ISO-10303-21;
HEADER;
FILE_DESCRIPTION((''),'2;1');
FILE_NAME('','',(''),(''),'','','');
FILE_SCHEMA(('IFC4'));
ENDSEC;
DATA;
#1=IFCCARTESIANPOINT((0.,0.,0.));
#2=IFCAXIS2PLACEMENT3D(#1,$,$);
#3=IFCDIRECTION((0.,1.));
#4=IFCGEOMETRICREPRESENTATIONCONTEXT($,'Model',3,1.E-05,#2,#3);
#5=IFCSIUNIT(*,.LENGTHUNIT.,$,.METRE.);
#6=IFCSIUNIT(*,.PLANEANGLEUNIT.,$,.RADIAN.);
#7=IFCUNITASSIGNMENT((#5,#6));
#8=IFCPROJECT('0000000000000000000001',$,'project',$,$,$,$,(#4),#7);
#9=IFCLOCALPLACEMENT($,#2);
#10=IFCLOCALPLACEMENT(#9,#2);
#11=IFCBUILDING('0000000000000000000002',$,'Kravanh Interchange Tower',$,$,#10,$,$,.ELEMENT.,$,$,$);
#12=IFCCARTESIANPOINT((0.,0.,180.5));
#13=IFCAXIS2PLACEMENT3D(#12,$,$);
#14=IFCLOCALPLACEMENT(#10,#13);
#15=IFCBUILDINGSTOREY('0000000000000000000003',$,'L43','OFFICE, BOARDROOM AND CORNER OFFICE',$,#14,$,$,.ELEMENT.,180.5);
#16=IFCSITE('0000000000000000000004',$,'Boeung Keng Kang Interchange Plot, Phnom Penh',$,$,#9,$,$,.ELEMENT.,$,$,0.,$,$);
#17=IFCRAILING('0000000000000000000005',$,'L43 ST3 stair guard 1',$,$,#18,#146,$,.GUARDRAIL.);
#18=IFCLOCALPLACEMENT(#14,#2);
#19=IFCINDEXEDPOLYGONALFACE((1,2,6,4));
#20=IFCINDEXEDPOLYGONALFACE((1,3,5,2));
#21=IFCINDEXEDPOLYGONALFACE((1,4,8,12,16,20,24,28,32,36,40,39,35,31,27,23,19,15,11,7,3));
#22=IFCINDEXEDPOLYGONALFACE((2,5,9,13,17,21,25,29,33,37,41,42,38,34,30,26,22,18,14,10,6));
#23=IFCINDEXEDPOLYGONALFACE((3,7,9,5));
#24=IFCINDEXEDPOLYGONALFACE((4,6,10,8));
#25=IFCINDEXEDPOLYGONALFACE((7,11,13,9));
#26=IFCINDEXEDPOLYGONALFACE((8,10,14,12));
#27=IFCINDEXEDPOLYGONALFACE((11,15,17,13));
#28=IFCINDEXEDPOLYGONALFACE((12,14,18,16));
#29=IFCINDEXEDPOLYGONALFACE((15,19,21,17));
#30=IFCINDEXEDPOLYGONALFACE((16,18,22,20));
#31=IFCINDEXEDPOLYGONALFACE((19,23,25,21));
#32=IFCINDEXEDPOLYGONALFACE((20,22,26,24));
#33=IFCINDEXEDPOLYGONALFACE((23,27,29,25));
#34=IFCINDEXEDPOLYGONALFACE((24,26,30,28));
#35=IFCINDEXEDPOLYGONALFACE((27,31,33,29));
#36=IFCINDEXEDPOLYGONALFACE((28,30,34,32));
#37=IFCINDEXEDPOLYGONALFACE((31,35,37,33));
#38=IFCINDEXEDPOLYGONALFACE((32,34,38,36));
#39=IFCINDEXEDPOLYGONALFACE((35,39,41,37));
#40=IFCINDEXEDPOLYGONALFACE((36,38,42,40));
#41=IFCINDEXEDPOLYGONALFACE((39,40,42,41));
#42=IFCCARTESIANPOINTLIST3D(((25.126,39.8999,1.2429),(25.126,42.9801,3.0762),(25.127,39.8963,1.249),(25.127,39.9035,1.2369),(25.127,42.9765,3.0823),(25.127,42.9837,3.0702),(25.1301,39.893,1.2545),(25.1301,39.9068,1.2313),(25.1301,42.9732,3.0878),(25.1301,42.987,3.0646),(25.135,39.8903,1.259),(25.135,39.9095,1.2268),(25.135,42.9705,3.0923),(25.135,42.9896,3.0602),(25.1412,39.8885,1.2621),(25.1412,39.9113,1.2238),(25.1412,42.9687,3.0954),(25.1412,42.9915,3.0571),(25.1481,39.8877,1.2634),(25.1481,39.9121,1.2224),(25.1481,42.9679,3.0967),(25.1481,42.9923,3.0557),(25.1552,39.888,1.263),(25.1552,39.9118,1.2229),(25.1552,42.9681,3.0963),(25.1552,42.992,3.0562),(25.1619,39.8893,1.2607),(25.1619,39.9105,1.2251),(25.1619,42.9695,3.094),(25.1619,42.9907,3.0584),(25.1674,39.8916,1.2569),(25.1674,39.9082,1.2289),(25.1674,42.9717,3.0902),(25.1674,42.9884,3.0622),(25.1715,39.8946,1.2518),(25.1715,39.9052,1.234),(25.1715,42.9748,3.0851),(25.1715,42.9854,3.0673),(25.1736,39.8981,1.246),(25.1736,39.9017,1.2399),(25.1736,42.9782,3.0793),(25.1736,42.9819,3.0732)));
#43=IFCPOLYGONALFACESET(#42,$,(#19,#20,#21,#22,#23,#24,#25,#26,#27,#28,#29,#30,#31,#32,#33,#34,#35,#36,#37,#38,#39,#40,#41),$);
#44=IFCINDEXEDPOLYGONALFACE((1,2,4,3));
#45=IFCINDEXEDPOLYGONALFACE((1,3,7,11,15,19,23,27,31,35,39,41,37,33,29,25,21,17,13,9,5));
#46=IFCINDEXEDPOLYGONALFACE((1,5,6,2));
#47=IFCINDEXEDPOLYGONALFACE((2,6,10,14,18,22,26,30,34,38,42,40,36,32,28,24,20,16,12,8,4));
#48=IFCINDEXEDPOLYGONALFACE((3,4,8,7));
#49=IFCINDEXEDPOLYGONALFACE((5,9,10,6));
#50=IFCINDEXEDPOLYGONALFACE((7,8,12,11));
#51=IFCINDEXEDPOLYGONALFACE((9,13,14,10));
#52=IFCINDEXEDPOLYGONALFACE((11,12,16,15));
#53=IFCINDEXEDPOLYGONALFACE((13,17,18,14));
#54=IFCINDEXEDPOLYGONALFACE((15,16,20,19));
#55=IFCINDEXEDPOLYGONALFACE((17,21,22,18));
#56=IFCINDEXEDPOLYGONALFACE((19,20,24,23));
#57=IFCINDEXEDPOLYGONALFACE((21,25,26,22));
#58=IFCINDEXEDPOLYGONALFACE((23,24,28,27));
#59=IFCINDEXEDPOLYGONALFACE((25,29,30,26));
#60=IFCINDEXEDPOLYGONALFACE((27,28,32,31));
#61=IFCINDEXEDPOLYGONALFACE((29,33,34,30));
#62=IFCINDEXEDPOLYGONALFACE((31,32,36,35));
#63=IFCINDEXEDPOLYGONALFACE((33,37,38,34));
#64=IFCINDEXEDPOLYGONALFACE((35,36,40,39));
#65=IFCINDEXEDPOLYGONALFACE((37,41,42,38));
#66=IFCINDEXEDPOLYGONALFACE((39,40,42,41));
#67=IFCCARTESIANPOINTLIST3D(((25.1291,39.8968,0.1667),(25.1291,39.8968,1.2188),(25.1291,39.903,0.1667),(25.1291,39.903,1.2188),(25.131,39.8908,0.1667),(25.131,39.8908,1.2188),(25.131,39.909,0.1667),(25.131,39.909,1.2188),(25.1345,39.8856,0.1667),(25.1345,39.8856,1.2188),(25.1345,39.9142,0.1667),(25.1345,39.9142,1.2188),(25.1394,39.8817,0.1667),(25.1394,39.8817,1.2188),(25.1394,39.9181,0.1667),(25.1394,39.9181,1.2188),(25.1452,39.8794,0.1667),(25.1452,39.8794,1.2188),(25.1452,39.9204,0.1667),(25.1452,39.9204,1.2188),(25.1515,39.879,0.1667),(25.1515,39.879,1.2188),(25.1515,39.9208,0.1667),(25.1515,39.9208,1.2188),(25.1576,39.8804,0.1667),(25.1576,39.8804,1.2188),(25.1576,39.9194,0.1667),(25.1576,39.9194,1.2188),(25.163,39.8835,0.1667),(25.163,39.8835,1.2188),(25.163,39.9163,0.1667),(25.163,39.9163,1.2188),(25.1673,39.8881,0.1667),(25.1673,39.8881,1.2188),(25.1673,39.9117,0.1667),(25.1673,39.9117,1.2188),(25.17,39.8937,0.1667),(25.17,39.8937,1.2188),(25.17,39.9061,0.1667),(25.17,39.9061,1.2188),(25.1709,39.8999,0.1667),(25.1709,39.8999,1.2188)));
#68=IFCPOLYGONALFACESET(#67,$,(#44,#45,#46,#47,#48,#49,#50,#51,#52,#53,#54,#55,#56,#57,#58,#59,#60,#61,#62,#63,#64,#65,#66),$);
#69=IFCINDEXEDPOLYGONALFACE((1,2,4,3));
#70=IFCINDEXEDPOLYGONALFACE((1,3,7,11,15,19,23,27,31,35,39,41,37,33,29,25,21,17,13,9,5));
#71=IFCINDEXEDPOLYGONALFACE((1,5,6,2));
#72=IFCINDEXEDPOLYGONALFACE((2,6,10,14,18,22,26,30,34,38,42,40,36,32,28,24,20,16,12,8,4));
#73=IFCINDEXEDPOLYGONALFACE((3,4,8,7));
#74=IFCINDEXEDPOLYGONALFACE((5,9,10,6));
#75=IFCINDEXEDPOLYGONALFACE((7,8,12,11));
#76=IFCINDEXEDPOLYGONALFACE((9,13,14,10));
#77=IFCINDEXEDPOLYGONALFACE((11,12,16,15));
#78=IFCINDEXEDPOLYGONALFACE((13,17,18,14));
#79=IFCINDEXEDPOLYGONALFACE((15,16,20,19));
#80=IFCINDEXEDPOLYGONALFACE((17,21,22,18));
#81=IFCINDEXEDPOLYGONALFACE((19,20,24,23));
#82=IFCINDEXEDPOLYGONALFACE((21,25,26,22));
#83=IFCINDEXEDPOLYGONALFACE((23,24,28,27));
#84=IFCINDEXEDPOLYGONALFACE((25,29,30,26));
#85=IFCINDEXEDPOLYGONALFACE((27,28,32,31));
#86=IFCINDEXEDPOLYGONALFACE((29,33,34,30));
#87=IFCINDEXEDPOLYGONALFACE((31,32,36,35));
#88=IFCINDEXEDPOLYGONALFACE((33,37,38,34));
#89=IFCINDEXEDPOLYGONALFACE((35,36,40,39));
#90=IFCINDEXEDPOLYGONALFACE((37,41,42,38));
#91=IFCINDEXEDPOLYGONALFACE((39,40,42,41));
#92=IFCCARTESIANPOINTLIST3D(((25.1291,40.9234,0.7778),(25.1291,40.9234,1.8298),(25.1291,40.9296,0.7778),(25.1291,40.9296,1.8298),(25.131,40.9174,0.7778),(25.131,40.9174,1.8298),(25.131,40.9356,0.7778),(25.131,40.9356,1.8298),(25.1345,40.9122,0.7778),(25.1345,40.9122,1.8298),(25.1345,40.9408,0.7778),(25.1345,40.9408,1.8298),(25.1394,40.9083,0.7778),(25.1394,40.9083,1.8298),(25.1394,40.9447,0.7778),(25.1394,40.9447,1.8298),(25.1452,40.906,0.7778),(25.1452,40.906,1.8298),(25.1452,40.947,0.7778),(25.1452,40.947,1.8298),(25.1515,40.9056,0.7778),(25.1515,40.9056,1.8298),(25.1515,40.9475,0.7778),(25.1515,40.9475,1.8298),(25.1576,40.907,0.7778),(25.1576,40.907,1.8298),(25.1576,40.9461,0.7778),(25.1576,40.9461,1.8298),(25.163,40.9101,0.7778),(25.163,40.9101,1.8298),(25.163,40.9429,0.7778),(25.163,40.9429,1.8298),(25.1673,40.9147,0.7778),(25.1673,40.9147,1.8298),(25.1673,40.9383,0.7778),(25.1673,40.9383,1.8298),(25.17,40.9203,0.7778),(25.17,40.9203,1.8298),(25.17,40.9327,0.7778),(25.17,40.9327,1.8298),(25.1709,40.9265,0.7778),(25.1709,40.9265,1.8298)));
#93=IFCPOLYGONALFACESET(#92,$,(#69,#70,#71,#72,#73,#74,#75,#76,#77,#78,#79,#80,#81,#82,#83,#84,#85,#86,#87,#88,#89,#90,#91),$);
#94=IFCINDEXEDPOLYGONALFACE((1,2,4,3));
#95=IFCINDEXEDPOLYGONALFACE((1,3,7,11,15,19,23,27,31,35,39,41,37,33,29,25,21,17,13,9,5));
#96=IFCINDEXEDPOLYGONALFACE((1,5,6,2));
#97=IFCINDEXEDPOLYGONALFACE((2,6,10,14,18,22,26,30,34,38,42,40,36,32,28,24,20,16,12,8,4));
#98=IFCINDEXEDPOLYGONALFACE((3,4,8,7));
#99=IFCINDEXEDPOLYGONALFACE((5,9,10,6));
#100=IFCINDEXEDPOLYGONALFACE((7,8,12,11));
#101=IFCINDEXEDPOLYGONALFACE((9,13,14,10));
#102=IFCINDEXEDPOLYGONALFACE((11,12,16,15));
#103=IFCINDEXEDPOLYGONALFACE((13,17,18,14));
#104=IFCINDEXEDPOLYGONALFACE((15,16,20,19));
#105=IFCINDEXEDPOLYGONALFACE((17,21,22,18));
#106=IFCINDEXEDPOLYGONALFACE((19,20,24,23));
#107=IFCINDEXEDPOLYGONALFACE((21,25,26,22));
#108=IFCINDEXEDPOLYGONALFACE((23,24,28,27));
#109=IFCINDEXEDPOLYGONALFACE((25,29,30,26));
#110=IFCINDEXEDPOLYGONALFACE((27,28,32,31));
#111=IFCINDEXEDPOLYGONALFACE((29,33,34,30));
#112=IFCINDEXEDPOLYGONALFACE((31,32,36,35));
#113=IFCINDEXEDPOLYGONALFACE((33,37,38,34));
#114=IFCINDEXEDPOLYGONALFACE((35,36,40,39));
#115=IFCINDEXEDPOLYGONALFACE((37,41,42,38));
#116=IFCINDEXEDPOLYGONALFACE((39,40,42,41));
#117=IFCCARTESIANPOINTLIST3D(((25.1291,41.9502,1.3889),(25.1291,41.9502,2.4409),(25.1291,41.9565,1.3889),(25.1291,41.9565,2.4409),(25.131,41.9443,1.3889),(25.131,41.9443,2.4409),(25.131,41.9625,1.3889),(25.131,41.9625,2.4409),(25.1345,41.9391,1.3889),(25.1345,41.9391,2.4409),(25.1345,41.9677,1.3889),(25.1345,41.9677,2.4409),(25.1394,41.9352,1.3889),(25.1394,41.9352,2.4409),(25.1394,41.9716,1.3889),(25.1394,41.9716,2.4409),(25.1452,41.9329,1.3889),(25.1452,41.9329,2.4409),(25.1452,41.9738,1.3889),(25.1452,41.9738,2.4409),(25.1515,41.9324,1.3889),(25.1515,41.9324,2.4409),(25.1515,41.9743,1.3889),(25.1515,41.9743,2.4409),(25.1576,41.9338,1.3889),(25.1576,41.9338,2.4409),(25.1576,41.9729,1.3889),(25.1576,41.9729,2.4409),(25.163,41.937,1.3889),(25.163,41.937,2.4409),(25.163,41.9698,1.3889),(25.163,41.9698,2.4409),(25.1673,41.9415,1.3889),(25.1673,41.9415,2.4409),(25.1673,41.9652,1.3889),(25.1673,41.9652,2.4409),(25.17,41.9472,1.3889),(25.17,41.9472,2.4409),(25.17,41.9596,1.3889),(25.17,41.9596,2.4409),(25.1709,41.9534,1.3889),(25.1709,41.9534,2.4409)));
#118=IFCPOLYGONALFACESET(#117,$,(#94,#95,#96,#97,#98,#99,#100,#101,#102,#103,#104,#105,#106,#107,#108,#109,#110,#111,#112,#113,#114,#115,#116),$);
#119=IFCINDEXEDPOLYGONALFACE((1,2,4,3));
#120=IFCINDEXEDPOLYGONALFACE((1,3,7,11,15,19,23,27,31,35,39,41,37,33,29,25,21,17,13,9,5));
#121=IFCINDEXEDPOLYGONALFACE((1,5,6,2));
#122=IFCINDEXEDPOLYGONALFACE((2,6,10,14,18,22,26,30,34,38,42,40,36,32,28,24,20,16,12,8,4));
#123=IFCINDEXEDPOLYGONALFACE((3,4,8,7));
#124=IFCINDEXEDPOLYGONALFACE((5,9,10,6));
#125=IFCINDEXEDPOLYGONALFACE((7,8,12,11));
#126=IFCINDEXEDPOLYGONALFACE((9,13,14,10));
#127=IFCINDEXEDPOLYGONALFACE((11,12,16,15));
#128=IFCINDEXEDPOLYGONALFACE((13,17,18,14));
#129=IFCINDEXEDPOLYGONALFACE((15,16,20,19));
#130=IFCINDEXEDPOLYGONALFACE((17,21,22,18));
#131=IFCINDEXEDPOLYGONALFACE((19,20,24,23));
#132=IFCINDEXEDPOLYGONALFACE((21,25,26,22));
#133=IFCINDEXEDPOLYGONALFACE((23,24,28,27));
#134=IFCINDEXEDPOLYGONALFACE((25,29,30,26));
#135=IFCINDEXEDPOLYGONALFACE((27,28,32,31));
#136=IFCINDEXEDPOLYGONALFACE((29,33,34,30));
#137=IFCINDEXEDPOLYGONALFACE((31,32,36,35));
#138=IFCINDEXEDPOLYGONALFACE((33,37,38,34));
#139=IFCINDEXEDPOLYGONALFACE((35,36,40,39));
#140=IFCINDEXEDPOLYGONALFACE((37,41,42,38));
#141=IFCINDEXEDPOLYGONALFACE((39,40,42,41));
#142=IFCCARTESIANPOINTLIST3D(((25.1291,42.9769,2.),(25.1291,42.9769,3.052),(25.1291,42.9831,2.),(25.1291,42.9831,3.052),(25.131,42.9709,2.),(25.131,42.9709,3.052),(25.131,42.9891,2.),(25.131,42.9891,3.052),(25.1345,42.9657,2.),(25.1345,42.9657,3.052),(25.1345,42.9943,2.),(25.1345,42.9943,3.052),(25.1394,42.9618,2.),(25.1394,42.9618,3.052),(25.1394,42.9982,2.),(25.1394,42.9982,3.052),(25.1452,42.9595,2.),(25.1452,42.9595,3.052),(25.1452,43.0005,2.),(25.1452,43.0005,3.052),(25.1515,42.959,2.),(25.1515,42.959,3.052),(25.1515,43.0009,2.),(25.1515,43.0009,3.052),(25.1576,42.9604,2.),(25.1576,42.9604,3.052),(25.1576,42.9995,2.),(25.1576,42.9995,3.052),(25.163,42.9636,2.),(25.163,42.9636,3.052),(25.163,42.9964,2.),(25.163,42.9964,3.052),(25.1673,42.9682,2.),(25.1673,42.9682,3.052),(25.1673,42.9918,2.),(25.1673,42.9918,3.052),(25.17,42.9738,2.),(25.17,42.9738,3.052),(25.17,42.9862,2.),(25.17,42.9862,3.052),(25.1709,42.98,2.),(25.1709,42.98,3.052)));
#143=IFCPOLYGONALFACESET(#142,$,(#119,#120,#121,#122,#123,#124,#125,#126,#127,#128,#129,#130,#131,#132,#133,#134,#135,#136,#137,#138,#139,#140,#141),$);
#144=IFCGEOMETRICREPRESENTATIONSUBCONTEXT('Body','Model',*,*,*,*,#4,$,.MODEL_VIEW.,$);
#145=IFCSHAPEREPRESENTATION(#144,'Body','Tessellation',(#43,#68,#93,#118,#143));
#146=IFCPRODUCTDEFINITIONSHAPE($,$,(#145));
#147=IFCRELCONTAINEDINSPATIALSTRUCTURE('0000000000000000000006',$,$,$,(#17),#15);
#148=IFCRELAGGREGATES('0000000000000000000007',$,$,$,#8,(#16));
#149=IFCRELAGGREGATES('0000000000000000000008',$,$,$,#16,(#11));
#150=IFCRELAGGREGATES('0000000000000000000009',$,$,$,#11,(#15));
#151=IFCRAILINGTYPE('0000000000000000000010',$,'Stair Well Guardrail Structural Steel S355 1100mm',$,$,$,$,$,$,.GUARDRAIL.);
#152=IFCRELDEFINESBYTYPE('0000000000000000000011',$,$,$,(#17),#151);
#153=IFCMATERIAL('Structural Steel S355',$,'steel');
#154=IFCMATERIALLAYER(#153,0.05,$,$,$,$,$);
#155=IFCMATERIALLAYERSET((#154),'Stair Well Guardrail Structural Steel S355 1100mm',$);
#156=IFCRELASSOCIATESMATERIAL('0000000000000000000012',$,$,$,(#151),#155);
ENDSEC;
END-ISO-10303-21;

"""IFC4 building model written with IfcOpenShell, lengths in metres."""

from ifc_helpers import new_model, si_unit, direction, frame, origin, origin_2d, place, context, subcontext, project, spatial, circle, extrude, material, layer, layer_set, type_object, element, save


model = new_model("IFC4")

# Units and contexts
model_context = context("Model", 3, precision=1e-05, world=origin(), true_north=direction((0.0, 1.0)))
body_context = subcontext(model_context, "Body", "Model", "MODEL_VIEW")
ifc_project = project(units=[si_unit("LENGTHUNIT", "METRE"), si_unit("PLANEANGLEUNIT", "RADIAN")], contexts=[model_context])

# Site, building, storey
site_placement = place(None, origin())
site = spatial("IfcSite", under=ifc_project, at=site_placement, Name="Boeung Keng Kang Interchange Plot, Phnom Penh", CompositionType="ELEMENT", RefElevation=0.0)
building_placement = place(site_placement, origin())
building = spatial("IfcBuilding", under=site, at=building_placement, Name="Kravanh Interchange Tower", CompositionType="ELEMENT")
storey_placement = place(building_placement, frame((0.0, 0.0, 180.5)))
storey = spatial("IfcBuildingStorey", under=building, at=storey_placement, Name="L43", Description="OFFICE, BOARDROOM AND CORNER OFFICE", CompositionType="ELEMENT", Elevation=180.5)

# Railing
ifc_material_1 = material(Name="Structural Steel S355", Category="steel")
ifc_layer_1 = layer(ifc_material_1, 0.05)
ifc_layer_set_1 = layer_set([ifc_layer_1], Name="Stair Well Guardrail Structural Steel S355 1100mm")
railing_type_1 = type_object("IfcRailingType", Name="Stair Well Guardrail Structural Steel S355 1100mm", PredefinedType="GUARDRAIL", material=ifc_layer_set_1)
railing_1_placement = place(storey_placement, frame((25.1499, 39.8999, 0.1667)))
element("IfcRailing", 1, at=railing_1_placement, inside=storey, type_object=railing_type_1, Name="L43 ST3 stair guard 1", PredefinedType="GUARDRAIL", context=body_context, shape_type="SweptSolid", body=[
    extrude(circle(Radius=0.0239, at=origin_2d()), frame((0.0, 0.0, 1.0762), z_axis=(0.0, 0.859309, 0.511458), x_axis=(-1.0, 0.0, 0.0)), (0.0, 0.0, 1.0), 3.5845),
    extrude(circle(Radius=0.021, at=origin_2d()), origin(), (0.0, 0.0, 1.0), 1.052),
    extrude(circle(Radius=0.021, at=origin_2d()), frame((0.0, 1.0266, 0.6111)), (0.0, 0.0, 1.0), 1.052),
    extrude(circle(Radius=0.021, at=origin_2d()), frame((0.0, 2.0535, 1.2222)), (0.0, 0.0, 1.0), 1.052),
    extrude(circle(Radius=0.021, at=origin_2d()), frame((0.0, 3.0801, 1.8333)), (0.0, 0.0, 1.0), 1.052),
])

save(model, "model.ifc")
